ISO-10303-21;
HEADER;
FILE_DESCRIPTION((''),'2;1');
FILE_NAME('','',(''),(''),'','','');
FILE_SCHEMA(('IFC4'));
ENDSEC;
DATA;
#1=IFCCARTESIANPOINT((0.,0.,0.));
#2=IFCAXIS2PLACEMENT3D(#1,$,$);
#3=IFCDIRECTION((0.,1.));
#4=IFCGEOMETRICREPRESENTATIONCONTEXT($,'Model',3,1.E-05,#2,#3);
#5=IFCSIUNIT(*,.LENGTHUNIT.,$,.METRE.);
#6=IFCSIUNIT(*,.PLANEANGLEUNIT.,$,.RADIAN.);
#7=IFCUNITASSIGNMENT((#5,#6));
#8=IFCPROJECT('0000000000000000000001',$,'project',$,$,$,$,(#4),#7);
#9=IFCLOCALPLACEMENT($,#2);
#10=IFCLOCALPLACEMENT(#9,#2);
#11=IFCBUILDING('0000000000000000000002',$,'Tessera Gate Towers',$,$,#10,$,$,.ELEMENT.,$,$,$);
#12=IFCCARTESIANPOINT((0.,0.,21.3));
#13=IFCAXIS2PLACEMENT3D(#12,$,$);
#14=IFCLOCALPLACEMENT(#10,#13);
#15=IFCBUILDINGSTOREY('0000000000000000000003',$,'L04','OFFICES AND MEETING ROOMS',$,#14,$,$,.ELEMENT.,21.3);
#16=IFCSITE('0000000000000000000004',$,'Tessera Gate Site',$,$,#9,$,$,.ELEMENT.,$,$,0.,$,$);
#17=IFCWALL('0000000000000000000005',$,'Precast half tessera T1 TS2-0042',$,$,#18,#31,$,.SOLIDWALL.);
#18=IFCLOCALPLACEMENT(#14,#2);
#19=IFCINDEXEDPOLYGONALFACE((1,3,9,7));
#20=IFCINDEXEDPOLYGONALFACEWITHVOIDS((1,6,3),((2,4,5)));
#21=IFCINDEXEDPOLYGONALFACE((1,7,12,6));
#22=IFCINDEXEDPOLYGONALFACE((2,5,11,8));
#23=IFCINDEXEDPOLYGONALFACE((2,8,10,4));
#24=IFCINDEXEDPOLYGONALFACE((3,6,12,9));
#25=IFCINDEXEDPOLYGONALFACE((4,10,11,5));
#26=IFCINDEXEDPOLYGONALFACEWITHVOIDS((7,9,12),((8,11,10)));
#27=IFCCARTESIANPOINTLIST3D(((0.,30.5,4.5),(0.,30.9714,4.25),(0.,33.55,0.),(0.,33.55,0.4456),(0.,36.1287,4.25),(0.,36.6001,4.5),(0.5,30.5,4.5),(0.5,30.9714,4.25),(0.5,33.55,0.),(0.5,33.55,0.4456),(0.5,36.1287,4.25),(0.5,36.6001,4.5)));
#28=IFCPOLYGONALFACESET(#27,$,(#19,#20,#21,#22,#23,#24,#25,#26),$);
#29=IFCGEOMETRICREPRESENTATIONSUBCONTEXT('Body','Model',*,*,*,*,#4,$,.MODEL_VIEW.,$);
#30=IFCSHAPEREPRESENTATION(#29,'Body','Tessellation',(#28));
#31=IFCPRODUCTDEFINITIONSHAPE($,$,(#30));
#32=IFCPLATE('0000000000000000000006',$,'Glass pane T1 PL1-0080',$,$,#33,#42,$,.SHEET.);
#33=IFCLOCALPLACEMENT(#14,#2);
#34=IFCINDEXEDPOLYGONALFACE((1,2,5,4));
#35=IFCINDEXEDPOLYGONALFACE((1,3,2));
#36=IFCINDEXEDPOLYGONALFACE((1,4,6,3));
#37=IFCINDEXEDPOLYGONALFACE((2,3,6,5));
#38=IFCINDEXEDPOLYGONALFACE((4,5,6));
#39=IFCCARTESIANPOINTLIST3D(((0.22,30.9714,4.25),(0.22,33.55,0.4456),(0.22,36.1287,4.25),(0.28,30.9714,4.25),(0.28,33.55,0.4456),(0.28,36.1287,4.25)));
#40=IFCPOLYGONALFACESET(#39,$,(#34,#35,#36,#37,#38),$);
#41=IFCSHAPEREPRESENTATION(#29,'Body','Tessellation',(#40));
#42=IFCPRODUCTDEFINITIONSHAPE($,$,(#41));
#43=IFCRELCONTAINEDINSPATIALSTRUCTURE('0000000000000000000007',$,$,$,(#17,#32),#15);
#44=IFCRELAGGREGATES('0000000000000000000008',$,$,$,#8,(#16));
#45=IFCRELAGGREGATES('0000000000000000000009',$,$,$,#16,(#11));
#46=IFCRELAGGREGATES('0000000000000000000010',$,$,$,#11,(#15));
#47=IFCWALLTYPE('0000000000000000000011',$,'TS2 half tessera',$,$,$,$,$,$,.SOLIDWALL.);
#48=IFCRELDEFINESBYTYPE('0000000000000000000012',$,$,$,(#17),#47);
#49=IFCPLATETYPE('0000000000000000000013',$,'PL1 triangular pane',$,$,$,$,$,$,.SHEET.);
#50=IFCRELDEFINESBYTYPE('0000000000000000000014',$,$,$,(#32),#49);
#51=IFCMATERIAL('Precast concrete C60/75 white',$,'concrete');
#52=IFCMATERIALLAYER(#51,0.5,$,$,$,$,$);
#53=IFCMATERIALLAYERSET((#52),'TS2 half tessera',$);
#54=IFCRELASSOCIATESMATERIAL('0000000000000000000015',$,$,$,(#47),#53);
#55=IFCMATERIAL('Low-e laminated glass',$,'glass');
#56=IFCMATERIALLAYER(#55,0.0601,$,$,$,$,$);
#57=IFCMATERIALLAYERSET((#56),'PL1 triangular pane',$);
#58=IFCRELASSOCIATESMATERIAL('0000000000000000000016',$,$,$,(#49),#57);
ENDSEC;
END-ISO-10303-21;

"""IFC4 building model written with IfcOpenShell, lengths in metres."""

from ifc_helpers import new_model, si_unit, direction, frame, origin, place, context, subcontext, project, spatial, polyline, outline, extrude, source, transform, mapped, material, layer, layer_set, type_object, element, fill, save


model = new_model("IFC4")

# Units and contexts
model_context = context("Model", 3, precision=1e-05, world=origin(), true_north=direction((0.0, 1.0)))
body_context = subcontext(model_context, "Body", "Model", "MODEL_VIEW")
ifc_project = project(units=[si_unit("LENGTHUNIT", "METRE"), si_unit("PLANEANGLEUNIT", "RADIAN")], contexts=[model_context])

# Site, building, storey
site_placement = place(None, origin())
site = spatial("IfcSite", under=ifc_project, at=site_placement, Name="Tessera Gate Site", CompositionType="ELEMENT", RefElevation=0.0)
building_placement = place(site_placement, origin())
building = spatial("IfcBuilding", under=site, at=building_placement, Name="Tessera Gate Towers", CompositionType="ELEMENT")
storey_placement = place(building_placement, frame((0.0, 0.0, 21.3)))
storey = spatial("IfcBuildingStorey", under=building, at=storey_placement, Name="L04", Description="OFFICES AND MEETING ROOMS", CompositionType="ELEMENT", Elevation=21.3)

# Wall, opening, plate
ifc_material_1 = material(Name="Precast concrete C60/75 white", Category="concrete")
ifc_layer_1 = layer(ifc_material_1, 0.5)
ifc_layer_set_1 = layer_set([ifc_layer_1], Name="TS2 half tessera")
wall_type_1 = type_object("IfcWallType", Name="TS2 half tessera", PredefinedType="SOLIDWALL", material=ifc_layer_set_1)
shared_shape_1 = source(origin(), body_context, "Body", "SweptSolid", [
    extrude(outline(polyline([(3.05, 0.0), (6.1001, 4.5), (0.0, 4.5), (3.05, 0.0)])), frame((0.0, 0.25, 0.0), z_axis=(0.0, -1.0, 0.0), x_axis=(1.0, 0.0, 0.0)), (0.0, 0.0, 1.0), 0.5),
])
wall_1_placement = place(storey_placement, frame((0.25, 36.6001, 0.0), z_axis=(0.0, 0.0, 1.0), x_axis=(0.0, -1.0, 0.0)))
wall_1 = element("IfcWall", 1, at=wall_1_placement, inside=storey, type_object=wall_type_1, Name="Precast half tessera T1 TS2-0042", PredefinedType="SOLIDWALL", context=body_context, shape_type="MappedRepresentation", body=[
    mapped(shared_shape_1, transform((0.0, 0.0, 0.0), scale=1.0)),
])
shared_shape_2 = source(origin(), body_context, "Body", "SweptSolid", [
    extrude(outline(polyline([(3.05, 0.4456), (5.6287, 4.25), (0.4714, 4.25), (3.05, 0.4456)])), frame((0.0, 0.26, 0.0), z_axis=(0.0, -1.0, 0.0), x_axis=(1.0, 0.0, 0.0)), (0.0, 0.0, 1.0), 0.52),
])
opening_1_placement = place(wall_1_placement, origin())
opening_1 = element("IfcOpeningElement", 2, at=opening_1_placement, cuts=wall_1, PredefinedType="OPENING", context=body_context, shape_type="MappedRepresentation", body=[
    mapped(shared_shape_2, transform((0.0, 0.0, 0.0), scale=1.0)),
])
ifc_material_2 = material(Name="Low-e laminated glass", Category="glass")
ifc_layer_2 = layer(ifc_material_2, 0.0601)
ifc_layer_set_2 = layer_set([ifc_layer_2], Name="PL1 triangular pane")
plate_type_1 = type_object("IfcPlateType", Name="PL1 triangular pane", PredefinedType="SHEET", material=ifc_layer_set_2)
shared_shape_3 = source(origin(), body_context, "Body", "SweptSolid", [
    extrude(outline(polyline([(3.05, 0.4456), (5.6287, 4.25), (0.4714, 4.25), (3.05, 0.4456)])), frame((0.0, 0.03, 0.0), z_axis=(0.0, -1.0, 0.0), x_axis=(1.0, 0.0, 0.0)), (0.0, 0.0, 1.0), 0.0601),
])
plate_1_placement = place(opening_1_placement, origin())
plate_1 = element("IfcPlate", 3, at=plate_1_placement, inside=storey, type_object=plate_type_1, Name="Glass pane T1 PL1-0080", PredefinedType="SHEET", context=body_context, shape_type="MappedRepresentation", body=[
    mapped(shared_shape_3, transform((0.0, 0.0, 0.0), scale=1.0)),
])
fill(opening_1, plate_1)

save(model, "model.ifc")
